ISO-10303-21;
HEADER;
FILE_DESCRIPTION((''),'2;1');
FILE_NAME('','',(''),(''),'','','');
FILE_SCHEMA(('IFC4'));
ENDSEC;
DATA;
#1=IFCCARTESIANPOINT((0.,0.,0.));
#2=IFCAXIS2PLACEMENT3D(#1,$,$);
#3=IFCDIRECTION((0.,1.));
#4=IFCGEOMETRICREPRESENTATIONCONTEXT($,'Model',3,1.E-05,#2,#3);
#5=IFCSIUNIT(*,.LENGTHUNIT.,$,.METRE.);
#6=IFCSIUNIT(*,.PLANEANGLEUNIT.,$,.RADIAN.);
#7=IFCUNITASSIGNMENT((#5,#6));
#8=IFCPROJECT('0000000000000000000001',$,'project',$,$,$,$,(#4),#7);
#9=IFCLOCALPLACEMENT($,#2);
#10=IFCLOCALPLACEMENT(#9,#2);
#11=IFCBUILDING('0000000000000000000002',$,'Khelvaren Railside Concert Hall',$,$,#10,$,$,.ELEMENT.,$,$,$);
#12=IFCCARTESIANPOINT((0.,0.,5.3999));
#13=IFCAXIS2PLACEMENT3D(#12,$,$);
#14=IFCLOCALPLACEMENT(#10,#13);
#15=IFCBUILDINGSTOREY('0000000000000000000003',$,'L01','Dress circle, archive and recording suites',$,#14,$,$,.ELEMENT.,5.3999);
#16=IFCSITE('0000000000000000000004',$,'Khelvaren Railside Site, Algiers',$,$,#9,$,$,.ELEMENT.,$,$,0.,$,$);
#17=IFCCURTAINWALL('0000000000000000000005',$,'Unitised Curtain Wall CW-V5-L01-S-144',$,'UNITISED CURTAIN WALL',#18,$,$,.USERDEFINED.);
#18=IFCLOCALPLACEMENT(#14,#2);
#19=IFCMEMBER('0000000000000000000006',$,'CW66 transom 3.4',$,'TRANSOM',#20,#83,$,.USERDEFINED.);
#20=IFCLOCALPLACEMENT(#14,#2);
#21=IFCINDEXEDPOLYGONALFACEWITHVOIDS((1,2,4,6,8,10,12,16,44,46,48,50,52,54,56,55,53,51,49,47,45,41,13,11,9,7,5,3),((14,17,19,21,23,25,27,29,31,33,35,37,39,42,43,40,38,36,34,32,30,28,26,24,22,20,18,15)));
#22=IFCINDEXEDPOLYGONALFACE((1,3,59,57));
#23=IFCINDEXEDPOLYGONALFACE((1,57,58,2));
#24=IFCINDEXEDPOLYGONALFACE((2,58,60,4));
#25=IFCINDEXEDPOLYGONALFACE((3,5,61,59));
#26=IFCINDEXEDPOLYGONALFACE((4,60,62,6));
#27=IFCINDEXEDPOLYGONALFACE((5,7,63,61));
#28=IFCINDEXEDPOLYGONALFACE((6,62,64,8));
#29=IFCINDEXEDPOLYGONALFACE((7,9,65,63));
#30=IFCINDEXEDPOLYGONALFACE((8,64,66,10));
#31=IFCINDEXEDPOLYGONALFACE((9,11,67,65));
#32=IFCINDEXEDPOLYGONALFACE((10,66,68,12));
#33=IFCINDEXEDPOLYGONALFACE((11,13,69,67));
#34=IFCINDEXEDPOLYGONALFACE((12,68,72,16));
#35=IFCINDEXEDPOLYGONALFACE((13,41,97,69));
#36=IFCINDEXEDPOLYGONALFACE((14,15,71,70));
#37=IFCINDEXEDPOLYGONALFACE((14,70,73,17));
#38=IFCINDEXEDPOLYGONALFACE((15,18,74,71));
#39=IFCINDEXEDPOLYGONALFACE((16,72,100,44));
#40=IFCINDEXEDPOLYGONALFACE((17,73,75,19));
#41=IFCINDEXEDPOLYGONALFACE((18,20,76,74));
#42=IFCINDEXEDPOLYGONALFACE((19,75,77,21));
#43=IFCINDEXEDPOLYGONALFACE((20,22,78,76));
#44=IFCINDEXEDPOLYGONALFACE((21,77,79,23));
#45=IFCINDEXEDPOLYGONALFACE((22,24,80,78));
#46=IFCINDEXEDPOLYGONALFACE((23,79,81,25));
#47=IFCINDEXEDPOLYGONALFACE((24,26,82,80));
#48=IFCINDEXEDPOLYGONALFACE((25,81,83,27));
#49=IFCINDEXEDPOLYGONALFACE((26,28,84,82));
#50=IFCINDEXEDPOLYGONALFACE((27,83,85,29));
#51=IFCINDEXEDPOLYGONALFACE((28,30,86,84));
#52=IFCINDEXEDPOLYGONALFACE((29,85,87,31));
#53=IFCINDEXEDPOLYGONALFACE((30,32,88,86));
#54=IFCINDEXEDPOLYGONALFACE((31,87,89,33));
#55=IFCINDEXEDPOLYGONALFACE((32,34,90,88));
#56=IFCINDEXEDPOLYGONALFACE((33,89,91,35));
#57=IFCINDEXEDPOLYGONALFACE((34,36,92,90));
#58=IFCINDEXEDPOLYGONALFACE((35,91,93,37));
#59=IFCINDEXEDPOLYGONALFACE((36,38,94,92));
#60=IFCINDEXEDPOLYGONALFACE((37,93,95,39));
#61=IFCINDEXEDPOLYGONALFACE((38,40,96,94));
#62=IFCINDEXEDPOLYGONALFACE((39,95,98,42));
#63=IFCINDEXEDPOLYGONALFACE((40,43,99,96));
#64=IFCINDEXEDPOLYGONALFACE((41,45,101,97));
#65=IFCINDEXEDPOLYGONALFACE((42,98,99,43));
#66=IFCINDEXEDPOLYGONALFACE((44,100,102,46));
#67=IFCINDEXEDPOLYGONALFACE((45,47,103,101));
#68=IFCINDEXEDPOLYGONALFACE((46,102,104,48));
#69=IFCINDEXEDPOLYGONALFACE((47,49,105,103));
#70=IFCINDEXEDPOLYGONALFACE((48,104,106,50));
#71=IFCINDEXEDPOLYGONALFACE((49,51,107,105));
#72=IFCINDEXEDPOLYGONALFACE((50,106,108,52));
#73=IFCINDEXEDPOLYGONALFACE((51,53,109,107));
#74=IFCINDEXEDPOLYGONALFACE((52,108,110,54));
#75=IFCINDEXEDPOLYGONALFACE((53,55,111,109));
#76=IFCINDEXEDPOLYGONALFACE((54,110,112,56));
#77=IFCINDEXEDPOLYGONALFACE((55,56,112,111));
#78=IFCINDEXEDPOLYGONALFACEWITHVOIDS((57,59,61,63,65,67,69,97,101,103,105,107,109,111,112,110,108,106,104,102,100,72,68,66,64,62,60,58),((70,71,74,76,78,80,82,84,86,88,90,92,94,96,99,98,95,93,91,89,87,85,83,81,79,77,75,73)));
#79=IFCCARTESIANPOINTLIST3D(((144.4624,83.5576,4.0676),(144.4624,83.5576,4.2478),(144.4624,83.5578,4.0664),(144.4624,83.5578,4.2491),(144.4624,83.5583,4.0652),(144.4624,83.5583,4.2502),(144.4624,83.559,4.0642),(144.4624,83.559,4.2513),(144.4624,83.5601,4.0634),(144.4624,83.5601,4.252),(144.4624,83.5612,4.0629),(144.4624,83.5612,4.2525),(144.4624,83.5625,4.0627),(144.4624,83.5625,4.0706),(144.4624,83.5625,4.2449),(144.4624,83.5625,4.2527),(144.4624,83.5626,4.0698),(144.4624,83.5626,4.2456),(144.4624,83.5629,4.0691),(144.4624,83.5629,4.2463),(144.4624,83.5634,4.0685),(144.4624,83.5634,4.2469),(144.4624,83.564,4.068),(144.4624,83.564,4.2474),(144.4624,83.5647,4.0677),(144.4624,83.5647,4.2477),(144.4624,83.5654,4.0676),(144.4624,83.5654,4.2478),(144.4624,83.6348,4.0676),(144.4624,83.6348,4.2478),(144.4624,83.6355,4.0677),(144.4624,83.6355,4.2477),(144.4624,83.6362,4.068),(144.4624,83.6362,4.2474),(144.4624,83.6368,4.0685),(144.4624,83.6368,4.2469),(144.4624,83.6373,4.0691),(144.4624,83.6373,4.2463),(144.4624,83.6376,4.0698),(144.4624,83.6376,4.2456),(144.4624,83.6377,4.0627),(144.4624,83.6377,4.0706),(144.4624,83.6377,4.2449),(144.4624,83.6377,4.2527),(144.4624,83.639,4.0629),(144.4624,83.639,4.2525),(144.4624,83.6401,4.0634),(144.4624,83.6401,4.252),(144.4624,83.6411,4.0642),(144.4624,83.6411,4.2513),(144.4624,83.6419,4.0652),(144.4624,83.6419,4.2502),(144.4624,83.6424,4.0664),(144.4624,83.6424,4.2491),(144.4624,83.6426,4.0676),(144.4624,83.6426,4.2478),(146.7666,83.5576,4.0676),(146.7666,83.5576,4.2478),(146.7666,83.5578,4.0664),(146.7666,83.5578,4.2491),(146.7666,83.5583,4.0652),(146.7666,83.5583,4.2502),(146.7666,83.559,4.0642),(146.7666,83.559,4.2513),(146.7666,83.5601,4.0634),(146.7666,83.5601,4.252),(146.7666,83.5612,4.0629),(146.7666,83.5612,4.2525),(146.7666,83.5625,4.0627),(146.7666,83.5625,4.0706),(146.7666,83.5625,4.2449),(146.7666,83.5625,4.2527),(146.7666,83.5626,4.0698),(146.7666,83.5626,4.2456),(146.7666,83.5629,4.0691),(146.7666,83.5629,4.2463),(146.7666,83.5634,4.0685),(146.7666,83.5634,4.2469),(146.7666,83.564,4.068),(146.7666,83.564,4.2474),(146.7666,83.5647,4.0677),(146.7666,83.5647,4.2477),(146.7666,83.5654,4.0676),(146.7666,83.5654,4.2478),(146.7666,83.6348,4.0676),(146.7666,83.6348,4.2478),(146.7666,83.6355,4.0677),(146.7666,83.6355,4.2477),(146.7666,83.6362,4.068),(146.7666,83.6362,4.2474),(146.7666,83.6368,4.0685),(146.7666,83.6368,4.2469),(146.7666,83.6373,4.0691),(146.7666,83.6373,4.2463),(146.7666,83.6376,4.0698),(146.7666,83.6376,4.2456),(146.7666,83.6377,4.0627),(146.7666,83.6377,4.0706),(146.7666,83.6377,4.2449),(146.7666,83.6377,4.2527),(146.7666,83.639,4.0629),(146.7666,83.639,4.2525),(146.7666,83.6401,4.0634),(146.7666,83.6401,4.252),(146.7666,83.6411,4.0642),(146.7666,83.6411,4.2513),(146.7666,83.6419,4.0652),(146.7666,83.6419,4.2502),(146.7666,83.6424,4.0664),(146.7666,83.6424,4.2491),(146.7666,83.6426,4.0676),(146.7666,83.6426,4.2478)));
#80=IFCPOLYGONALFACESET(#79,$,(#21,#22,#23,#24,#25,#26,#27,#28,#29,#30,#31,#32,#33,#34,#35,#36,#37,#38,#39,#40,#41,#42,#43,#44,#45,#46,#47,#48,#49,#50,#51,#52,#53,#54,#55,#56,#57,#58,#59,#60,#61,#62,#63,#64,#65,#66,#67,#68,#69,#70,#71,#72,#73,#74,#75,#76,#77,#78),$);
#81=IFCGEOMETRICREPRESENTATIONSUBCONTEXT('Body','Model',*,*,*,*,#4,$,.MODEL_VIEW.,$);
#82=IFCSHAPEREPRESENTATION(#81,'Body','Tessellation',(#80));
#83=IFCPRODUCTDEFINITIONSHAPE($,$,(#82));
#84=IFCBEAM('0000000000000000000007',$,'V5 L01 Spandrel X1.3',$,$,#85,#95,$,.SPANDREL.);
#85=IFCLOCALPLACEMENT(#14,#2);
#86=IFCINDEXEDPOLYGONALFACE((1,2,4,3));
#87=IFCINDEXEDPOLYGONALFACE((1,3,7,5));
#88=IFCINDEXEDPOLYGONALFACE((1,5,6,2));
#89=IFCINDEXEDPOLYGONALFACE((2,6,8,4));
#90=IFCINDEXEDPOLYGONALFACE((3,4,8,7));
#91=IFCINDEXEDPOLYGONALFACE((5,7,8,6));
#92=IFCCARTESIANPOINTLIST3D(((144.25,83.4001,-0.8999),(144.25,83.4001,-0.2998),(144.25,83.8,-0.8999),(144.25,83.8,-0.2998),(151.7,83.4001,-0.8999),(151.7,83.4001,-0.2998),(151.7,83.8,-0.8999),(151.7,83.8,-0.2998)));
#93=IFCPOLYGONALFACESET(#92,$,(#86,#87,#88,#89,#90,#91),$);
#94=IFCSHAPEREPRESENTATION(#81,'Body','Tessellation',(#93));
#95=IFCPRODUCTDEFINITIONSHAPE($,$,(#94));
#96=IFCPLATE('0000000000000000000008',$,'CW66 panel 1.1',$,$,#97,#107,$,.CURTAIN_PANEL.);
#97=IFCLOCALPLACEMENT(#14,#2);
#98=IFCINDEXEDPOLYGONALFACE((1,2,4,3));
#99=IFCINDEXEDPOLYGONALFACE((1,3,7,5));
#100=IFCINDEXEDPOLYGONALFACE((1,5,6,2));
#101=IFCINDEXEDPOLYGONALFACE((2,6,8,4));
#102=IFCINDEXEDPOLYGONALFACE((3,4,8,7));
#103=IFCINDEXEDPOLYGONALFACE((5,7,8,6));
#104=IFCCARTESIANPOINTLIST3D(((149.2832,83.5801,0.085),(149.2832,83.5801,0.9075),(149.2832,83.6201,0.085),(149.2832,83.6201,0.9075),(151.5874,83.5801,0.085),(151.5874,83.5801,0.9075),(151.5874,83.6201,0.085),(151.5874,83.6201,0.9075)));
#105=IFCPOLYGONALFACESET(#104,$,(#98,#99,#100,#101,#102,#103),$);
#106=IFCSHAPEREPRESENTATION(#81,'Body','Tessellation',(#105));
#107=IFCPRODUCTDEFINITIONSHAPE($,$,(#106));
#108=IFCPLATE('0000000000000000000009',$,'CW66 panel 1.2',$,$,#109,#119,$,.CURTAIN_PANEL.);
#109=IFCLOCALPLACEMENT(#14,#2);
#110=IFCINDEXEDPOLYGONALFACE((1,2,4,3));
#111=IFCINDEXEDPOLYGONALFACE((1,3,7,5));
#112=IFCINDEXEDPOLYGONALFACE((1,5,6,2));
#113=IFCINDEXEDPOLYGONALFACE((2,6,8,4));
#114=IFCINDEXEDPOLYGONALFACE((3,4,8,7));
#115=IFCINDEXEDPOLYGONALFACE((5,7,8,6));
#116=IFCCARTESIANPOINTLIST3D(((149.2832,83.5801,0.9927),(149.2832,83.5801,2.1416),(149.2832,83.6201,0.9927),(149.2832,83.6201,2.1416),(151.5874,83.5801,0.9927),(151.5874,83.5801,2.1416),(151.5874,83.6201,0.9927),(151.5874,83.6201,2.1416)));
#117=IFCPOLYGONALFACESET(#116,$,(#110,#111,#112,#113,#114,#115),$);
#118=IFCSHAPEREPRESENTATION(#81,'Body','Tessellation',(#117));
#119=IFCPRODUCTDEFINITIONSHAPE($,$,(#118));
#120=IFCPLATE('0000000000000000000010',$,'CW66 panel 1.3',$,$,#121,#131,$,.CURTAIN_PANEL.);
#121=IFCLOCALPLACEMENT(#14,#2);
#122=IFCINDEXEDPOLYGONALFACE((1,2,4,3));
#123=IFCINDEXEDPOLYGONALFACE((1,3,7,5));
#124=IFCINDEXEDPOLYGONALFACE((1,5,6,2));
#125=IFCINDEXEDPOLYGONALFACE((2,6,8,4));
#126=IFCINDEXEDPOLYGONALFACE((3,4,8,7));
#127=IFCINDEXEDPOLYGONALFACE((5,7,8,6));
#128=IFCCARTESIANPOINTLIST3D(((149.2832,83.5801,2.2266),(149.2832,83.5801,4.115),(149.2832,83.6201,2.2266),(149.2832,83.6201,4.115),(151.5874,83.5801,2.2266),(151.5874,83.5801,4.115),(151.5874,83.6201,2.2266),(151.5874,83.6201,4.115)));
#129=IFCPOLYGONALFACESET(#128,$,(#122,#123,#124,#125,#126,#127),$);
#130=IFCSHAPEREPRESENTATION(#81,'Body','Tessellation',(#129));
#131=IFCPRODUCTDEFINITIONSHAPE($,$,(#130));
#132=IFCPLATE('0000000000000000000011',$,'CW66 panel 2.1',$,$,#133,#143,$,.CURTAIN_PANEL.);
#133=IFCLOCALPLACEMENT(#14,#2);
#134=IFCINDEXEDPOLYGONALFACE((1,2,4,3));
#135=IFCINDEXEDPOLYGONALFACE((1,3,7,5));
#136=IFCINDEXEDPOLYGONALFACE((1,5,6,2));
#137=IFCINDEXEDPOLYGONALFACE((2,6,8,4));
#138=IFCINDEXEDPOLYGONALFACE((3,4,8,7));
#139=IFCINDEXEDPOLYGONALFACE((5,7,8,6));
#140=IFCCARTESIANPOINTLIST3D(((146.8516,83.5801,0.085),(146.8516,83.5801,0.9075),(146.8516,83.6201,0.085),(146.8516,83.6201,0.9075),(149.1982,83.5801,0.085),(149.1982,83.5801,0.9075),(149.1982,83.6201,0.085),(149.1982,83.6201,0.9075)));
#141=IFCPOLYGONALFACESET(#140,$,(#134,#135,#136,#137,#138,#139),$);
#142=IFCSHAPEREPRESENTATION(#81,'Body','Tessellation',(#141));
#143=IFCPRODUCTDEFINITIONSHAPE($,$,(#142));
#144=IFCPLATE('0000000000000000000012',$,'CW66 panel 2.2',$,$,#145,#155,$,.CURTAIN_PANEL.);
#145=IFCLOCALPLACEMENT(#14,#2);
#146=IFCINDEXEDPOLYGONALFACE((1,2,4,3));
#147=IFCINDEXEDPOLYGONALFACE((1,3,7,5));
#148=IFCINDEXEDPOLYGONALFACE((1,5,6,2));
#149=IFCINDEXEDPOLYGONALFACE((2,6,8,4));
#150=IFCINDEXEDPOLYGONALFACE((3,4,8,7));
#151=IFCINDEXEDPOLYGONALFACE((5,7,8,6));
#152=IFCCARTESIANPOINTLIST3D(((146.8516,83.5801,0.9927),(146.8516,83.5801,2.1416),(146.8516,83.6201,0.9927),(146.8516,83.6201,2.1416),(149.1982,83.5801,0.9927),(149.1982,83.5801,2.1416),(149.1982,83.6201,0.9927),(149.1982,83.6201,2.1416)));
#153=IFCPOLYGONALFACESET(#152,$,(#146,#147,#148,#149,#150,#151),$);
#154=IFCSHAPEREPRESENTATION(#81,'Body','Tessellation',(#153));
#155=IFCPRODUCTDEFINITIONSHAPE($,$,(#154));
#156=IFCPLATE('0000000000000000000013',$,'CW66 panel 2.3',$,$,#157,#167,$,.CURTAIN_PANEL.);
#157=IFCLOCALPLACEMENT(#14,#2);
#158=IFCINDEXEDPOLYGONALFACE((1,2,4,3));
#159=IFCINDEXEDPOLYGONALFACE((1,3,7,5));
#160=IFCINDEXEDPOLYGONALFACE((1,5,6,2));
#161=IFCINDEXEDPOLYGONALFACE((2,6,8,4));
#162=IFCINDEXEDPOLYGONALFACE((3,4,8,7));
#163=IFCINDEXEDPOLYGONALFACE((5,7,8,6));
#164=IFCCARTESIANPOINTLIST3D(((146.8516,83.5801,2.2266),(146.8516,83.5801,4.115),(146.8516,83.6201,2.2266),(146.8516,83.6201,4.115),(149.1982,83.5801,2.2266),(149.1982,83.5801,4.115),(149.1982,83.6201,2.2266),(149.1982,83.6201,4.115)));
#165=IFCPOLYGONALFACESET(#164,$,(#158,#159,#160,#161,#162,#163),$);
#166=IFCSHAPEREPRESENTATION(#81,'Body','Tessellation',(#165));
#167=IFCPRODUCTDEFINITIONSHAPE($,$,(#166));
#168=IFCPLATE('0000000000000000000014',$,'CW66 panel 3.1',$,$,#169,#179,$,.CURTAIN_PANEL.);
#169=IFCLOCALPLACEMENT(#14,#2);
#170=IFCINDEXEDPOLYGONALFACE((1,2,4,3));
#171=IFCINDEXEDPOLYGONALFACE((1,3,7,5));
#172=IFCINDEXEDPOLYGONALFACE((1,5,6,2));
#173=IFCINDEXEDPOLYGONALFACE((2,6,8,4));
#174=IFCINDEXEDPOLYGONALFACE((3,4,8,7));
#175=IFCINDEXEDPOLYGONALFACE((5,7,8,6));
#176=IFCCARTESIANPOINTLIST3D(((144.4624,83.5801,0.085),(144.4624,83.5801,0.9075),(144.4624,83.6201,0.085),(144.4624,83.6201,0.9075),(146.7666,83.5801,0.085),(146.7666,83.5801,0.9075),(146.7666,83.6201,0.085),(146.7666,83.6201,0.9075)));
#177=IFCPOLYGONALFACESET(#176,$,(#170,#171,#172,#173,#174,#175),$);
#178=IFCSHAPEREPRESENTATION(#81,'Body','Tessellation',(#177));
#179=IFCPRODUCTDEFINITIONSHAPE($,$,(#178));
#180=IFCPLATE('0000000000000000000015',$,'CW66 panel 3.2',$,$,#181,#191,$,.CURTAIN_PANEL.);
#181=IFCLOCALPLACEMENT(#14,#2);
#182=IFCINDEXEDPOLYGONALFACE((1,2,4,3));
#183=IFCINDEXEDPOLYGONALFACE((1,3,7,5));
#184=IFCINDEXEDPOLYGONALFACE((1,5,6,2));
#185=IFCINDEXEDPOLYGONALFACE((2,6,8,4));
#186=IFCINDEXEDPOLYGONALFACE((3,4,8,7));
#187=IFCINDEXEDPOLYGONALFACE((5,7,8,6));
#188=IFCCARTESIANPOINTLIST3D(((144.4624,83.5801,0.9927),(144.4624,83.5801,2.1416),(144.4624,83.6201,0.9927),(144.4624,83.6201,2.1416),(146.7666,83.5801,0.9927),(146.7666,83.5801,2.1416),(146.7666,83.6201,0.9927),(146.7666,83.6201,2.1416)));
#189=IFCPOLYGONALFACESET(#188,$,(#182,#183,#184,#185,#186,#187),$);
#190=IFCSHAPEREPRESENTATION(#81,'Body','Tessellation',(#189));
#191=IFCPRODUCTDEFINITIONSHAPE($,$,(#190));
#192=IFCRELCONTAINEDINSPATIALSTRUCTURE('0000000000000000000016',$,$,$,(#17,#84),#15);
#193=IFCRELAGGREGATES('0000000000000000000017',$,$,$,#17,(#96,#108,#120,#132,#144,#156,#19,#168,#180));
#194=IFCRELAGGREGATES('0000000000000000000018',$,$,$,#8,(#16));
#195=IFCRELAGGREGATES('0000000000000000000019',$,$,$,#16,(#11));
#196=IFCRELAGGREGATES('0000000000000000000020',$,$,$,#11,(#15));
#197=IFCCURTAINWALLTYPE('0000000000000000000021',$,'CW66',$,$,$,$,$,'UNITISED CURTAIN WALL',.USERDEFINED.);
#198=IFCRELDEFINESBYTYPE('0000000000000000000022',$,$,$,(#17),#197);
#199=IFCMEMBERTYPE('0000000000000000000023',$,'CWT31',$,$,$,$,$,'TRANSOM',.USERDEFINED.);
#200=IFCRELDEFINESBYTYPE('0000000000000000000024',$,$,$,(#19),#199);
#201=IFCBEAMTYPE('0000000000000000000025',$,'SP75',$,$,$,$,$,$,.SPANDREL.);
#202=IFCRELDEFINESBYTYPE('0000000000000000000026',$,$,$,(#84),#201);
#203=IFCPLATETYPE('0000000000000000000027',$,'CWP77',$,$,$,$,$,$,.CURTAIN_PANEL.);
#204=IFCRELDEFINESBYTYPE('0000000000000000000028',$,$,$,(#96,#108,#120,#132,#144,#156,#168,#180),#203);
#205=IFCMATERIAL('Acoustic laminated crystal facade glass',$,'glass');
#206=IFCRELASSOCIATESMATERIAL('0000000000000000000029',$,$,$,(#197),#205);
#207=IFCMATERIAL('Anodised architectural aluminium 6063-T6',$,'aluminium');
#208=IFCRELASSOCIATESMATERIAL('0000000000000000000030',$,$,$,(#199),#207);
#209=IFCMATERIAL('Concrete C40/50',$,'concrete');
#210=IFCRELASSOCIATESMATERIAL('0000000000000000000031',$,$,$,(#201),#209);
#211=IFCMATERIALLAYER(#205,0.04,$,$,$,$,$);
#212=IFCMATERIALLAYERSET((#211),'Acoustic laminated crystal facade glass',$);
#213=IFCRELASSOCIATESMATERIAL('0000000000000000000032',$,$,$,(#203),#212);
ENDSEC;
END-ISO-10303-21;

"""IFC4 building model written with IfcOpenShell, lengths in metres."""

from ifc_helpers import new_model, si_unit, direction, frame, origin, origin_2d, place, context, subcontext, project, spatial, rectangle, hollow_rectangle, extrude, material, layer, layer_set, material_profile, profile_set, type_object, element, aggregate, save


model = new_model("IFC4")

# Units and contexts
model_context = context("Model", 3, precision=1e-05, world=origin(), true_north=direction((0.0, 1.0)))
body_context = subcontext(model_context, "Body", "Model", "MODEL_VIEW")
ifc_project = project(units=[si_unit("LENGTHUNIT", "METRE"), si_unit("PLANEANGLEUNIT", "RADIAN")], contexts=[model_context])

# Site, building, storey
site_placement = place(None, origin())
site = spatial("IfcSite", under=ifc_project, at=site_placement, Name="Khelvaren Railside Site, Algiers", CompositionType="ELEMENT", RefElevation=0.0)
building_placement = place(site_placement, origin())
building = spatial("IfcBuilding", under=site, at=building_placement, Name="Khelvaren Railside Concert Hall", CompositionType="ELEMENT")
storey_placement = place(building_placement, frame((0.0, 0.0, 5.3999)))
storey = spatial("IfcBuildingStorey", under=building, at=storey_placement, Name="L01", Description="Dress circle, archive and recording suites", CompositionType="ELEMENT", Elevation=5.3999)

# Shared definitions
ifc_material_1 = material(Name="Acoustic laminated crystal facade glass", Category="glass")
ifc_material_2 = material(Name="Anodised architectural aluminium 6063-T6", Category="aluminium")

# Curtain wall
curtain_wall_type_1 = type_object("IfcCurtainWallType", Name="CW66", ElementType="UNITISED CURTAIN WALL", PredefinedType="USERDEFINED", material=ifc_material_1)
curtain_wall_1_placement = place(storey_placement, origin())
curtain_wall_1 = element("IfcCurtainWall", 1, at=curtain_wall_1_placement, inside=storey, type_object=curtain_wall_type_1, Name="Unitised Curtain Wall CW-V5-L01-S-144", ObjectType="UNITISED CURTAIN WALL", PredefinedType="USERDEFINED")

# Member
ifc_material_profile_1 = material_profile(ifc_material_2, hollow_rectangle(XDim=0.085, YDim=0.1899, WallThickness=0.0049, InnerFilletRadius=0.0029, OuterFilletRadius=0.0049, at=origin_2d()), Name="CWT 85x190x5")
ifc_profile_set_1 = profile_set([ifc_material_profile_1], Name="Anodised architectural aluminium 6063-T6")
member_type_1 = type_object("IfcMemberType", Name="CWT31", ElementType="TRANSOM", PredefinedType="USERDEFINED", material=ifc_profile_set_1)
member_1_placement = place(storey_placement, frame((146.7666, 83.6001, 4.1577), z_axis=(-1.0, 0.0, 0.0), x_axis=(0.0, -1.0, 0.0)))
member_1 = element("IfcMember", 2, at=member_1_placement, type_object=member_type_1, Name="CW66 transom 3.4", ObjectType="TRANSOM", PredefinedType="USERDEFINED", context=body_context, shape_type="SweptSolid", body=[
    extrude(hollow_rectangle(XDim=0.085, YDim=0.1899, WallThickness=0.0049, InnerFilletRadius=0.0029, OuterFilletRadius=0.0049, at=origin_2d()), origin(), (0.0, 0.0, 1.0), 2.3042),
])

# Beam
ifc_material_3 = material(Name="Concrete C40/50", Category="concrete")
ifc_material_profile_2 = material_profile(ifc_material_3, rectangle(XDim=0.3999, YDim=0.6001, at=origin_2d()), Name="RCB 400x600")
ifc_profile_set_2 = profile_set([ifc_material_profile_2], Name="Concrete C40/50")
beam_type = type_object("IfcBeamType", Name="SP75", PredefinedType="SPANDREL", material=ifc_profile_set_2)
beam_placement = place(storey_placement, frame((144.25, 83.6001, -0.5999), z_axis=(1.0, 0.0, 0.0), x_axis=(0.0, 1.0, 0.0)))
element("IfcBeam", 3, at=beam_placement, inside=storey, type_object=beam_type, Name="V5 L01 Spandrel X1.3", PredefinedType="SPANDREL", context=body_context, shape_type="SweptSolid", body=[
    extrude(rectangle(XDim=0.3999, YDim=0.6001, at=origin_2d()), origin(), (0.0, 0.0, 1.0), 7.45),
])

# Plates
ifc_layer = layer(ifc_material_1, 0.04)
ifc_layer_set = layer_set([ifc_layer], Name="Acoustic laminated crystal facade glass")
plate_type = type_object("IfcPlateType", Name="CWP77", PredefinedType="CURTAIN_PANEL", material=ifc_layer_set)
plate_1_placement = place(storey_placement, frame((150.4353, 83.6001, 0.085), z_axis=(0.0, 0.0, 1.0), x_axis=(-1.0, 0.0, 0.0)))
plate_1 = element("IfcPlate", 4, at=plate_1_placement, type_object=plate_type, Name="CW66 panel 1.1", PredefinedType="CURTAIN_PANEL", context=body_context, shape_type="SweptSolid", body=[
    extrude(rectangle(XDim=2.3042, YDim=0.04, at=origin_2d()), origin(), (0.0, 0.0, 1.0), 0.8225),
])
plate_2_placement = place(storey_placement, frame((150.4353, 83.6001, 0.9927), z_axis=(0.0, 0.0, 1.0), x_axis=(-1.0, 0.0, 0.0)))
plate_2 = element("IfcPlate", 5, at=plate_2_placement, type_object=plate_type, Name="CW66 panel 1.2", PredefinedType="CURTAIN_PANEL", context=body_context, shape_type="SweptSolid", body=[
    extrude(rectangle(XDim=2.3042, YDim=0.04, at=origin_2d()), origin(), (0.0, 0.0, 1.0), 1.1489),
])
plate_3_placement = place(storey_placement, frame((150.4353, 83.6001, 2.2266), z_axis=(0.0, 0.0, 1.0), x_axis=(-1.0, 0.0, 0.0)))
plate_3 = element("IfcPlate", 6, at=plate_3_placement, type_object=plate_type, Name="CW66 panel 1.3", PredefinedType="CURTAIN_PANEL", context=body_context, shape_type="SweptSolid", body=[
    extrude(rectangle(XDim=2.3042, YDim=0.04, at=origin_2d()), origin(), (0.0, 0.0, 1.0), 1.8884),
])
plate_4_placement = place(storey_placement, frame((148.0249, 83.6001, 0.085), z_axis=(0.0, 0.0, 1.0), x_axis=(-1.0, 0.0, 0.0)))
plate_4 = element("IfcPlate", 7, at=plate_4_placement, type_object=plate_type, Name="CW66 panel 2.1", PredefinedType="CURTAIN_PANEL", context=body_context, shape_type="SweptSolid", body=[
    extrude(rectangle(XDim=2.3467, YDim=0.04, at=origin_2d()), origin(), (0.0, 0.0, 1.0), 0.8225),
])
plate_5_placement = place(storey_placement, frame((148.0249, 83.6001, 0.9927), z_axis=(0.0, 0.0, 1.0), x_axis=(-1.0, 0.0, 0.0)))
plate_5 = element("IfcPlate", 8, at=plate_5_placement, type_object=plate_type, Name="CW66 panel 2.2", PredefinedType="CURTAIN_PANEL", context=body_context, shape_type="SweptSolid", body=[
    extrude(rectangle(XDim=2.3467, YDim=0.04, at=origin_2d()), origin(), (0.0, 0.0, 1.0), 1.1489),
])
plate_6_placement = place(storey_placement, frame((148.0249, 83.6001, 2.2266), z_axis=(0.0, 0.0, 1.0), x_axis=(-1.0, 0.0, 0.0)))
plate_6 = element("IfcPlate", 9, at=plate_6_placement, type_object=plate_type, Name="CW66 panel 2.3", PredefinedType="CURTAIN_PANEL", context=body_context, shape_type="SweptSolid", body=[
    extrude(rectangle(XDim=2.3467, YDim=0.04, at=origin_2d()), origin(), (0.0, 0.0, 1.0), 1.8884),
])
plate_7_placement = place(storey_placement, frame((145.6145, 83.6001, 0.085), z_axis=(0.0, 0.0, 1.0), x_axis=(-1.0, 0.0, 0.0)))
plate_7 = element("IfcPlate", 10, at=plate_7_placement, type_object=plate_type, Name="CW66 panel 3.1", PredefinedType="CURTAIN_PANEL", context=body_context, shape_type="SweptSolid", body=[
    extrude(rectangle(XDim=2.3042, YDim=0.04, at=origin_2d()), origin(), (0.0, 0.0, 1.0), 0.8225),
])
plate_8_placement = place(storey_placement, frame((145.6145, 83.6001, 0.9927), z_axis=(0.0, 0.0, 1.0), x_axis=(-1.0, 0.0, 0.0)))
plate_8 = element("IfcPlate", 11, at=plate_8_placement, type_object=plate_type, Name="CW66 panel 3.2", PredefinedType="CURTAIN_PANEL", context=body_context, shape_type="SweptSolid", body=[
    extrude(rectangle(XDim=2.3042, YDim=0.04, at=origin_2d()), origin(), (0.0, 0.0, 1.0), 1.1489),
])
aggregate(curtain_wall_1, [plate_1, plate_2, plate_3, plate_4, plate_5, plate_6, member_1, plate_7, plate_8])

save(model, "model.ifc")
